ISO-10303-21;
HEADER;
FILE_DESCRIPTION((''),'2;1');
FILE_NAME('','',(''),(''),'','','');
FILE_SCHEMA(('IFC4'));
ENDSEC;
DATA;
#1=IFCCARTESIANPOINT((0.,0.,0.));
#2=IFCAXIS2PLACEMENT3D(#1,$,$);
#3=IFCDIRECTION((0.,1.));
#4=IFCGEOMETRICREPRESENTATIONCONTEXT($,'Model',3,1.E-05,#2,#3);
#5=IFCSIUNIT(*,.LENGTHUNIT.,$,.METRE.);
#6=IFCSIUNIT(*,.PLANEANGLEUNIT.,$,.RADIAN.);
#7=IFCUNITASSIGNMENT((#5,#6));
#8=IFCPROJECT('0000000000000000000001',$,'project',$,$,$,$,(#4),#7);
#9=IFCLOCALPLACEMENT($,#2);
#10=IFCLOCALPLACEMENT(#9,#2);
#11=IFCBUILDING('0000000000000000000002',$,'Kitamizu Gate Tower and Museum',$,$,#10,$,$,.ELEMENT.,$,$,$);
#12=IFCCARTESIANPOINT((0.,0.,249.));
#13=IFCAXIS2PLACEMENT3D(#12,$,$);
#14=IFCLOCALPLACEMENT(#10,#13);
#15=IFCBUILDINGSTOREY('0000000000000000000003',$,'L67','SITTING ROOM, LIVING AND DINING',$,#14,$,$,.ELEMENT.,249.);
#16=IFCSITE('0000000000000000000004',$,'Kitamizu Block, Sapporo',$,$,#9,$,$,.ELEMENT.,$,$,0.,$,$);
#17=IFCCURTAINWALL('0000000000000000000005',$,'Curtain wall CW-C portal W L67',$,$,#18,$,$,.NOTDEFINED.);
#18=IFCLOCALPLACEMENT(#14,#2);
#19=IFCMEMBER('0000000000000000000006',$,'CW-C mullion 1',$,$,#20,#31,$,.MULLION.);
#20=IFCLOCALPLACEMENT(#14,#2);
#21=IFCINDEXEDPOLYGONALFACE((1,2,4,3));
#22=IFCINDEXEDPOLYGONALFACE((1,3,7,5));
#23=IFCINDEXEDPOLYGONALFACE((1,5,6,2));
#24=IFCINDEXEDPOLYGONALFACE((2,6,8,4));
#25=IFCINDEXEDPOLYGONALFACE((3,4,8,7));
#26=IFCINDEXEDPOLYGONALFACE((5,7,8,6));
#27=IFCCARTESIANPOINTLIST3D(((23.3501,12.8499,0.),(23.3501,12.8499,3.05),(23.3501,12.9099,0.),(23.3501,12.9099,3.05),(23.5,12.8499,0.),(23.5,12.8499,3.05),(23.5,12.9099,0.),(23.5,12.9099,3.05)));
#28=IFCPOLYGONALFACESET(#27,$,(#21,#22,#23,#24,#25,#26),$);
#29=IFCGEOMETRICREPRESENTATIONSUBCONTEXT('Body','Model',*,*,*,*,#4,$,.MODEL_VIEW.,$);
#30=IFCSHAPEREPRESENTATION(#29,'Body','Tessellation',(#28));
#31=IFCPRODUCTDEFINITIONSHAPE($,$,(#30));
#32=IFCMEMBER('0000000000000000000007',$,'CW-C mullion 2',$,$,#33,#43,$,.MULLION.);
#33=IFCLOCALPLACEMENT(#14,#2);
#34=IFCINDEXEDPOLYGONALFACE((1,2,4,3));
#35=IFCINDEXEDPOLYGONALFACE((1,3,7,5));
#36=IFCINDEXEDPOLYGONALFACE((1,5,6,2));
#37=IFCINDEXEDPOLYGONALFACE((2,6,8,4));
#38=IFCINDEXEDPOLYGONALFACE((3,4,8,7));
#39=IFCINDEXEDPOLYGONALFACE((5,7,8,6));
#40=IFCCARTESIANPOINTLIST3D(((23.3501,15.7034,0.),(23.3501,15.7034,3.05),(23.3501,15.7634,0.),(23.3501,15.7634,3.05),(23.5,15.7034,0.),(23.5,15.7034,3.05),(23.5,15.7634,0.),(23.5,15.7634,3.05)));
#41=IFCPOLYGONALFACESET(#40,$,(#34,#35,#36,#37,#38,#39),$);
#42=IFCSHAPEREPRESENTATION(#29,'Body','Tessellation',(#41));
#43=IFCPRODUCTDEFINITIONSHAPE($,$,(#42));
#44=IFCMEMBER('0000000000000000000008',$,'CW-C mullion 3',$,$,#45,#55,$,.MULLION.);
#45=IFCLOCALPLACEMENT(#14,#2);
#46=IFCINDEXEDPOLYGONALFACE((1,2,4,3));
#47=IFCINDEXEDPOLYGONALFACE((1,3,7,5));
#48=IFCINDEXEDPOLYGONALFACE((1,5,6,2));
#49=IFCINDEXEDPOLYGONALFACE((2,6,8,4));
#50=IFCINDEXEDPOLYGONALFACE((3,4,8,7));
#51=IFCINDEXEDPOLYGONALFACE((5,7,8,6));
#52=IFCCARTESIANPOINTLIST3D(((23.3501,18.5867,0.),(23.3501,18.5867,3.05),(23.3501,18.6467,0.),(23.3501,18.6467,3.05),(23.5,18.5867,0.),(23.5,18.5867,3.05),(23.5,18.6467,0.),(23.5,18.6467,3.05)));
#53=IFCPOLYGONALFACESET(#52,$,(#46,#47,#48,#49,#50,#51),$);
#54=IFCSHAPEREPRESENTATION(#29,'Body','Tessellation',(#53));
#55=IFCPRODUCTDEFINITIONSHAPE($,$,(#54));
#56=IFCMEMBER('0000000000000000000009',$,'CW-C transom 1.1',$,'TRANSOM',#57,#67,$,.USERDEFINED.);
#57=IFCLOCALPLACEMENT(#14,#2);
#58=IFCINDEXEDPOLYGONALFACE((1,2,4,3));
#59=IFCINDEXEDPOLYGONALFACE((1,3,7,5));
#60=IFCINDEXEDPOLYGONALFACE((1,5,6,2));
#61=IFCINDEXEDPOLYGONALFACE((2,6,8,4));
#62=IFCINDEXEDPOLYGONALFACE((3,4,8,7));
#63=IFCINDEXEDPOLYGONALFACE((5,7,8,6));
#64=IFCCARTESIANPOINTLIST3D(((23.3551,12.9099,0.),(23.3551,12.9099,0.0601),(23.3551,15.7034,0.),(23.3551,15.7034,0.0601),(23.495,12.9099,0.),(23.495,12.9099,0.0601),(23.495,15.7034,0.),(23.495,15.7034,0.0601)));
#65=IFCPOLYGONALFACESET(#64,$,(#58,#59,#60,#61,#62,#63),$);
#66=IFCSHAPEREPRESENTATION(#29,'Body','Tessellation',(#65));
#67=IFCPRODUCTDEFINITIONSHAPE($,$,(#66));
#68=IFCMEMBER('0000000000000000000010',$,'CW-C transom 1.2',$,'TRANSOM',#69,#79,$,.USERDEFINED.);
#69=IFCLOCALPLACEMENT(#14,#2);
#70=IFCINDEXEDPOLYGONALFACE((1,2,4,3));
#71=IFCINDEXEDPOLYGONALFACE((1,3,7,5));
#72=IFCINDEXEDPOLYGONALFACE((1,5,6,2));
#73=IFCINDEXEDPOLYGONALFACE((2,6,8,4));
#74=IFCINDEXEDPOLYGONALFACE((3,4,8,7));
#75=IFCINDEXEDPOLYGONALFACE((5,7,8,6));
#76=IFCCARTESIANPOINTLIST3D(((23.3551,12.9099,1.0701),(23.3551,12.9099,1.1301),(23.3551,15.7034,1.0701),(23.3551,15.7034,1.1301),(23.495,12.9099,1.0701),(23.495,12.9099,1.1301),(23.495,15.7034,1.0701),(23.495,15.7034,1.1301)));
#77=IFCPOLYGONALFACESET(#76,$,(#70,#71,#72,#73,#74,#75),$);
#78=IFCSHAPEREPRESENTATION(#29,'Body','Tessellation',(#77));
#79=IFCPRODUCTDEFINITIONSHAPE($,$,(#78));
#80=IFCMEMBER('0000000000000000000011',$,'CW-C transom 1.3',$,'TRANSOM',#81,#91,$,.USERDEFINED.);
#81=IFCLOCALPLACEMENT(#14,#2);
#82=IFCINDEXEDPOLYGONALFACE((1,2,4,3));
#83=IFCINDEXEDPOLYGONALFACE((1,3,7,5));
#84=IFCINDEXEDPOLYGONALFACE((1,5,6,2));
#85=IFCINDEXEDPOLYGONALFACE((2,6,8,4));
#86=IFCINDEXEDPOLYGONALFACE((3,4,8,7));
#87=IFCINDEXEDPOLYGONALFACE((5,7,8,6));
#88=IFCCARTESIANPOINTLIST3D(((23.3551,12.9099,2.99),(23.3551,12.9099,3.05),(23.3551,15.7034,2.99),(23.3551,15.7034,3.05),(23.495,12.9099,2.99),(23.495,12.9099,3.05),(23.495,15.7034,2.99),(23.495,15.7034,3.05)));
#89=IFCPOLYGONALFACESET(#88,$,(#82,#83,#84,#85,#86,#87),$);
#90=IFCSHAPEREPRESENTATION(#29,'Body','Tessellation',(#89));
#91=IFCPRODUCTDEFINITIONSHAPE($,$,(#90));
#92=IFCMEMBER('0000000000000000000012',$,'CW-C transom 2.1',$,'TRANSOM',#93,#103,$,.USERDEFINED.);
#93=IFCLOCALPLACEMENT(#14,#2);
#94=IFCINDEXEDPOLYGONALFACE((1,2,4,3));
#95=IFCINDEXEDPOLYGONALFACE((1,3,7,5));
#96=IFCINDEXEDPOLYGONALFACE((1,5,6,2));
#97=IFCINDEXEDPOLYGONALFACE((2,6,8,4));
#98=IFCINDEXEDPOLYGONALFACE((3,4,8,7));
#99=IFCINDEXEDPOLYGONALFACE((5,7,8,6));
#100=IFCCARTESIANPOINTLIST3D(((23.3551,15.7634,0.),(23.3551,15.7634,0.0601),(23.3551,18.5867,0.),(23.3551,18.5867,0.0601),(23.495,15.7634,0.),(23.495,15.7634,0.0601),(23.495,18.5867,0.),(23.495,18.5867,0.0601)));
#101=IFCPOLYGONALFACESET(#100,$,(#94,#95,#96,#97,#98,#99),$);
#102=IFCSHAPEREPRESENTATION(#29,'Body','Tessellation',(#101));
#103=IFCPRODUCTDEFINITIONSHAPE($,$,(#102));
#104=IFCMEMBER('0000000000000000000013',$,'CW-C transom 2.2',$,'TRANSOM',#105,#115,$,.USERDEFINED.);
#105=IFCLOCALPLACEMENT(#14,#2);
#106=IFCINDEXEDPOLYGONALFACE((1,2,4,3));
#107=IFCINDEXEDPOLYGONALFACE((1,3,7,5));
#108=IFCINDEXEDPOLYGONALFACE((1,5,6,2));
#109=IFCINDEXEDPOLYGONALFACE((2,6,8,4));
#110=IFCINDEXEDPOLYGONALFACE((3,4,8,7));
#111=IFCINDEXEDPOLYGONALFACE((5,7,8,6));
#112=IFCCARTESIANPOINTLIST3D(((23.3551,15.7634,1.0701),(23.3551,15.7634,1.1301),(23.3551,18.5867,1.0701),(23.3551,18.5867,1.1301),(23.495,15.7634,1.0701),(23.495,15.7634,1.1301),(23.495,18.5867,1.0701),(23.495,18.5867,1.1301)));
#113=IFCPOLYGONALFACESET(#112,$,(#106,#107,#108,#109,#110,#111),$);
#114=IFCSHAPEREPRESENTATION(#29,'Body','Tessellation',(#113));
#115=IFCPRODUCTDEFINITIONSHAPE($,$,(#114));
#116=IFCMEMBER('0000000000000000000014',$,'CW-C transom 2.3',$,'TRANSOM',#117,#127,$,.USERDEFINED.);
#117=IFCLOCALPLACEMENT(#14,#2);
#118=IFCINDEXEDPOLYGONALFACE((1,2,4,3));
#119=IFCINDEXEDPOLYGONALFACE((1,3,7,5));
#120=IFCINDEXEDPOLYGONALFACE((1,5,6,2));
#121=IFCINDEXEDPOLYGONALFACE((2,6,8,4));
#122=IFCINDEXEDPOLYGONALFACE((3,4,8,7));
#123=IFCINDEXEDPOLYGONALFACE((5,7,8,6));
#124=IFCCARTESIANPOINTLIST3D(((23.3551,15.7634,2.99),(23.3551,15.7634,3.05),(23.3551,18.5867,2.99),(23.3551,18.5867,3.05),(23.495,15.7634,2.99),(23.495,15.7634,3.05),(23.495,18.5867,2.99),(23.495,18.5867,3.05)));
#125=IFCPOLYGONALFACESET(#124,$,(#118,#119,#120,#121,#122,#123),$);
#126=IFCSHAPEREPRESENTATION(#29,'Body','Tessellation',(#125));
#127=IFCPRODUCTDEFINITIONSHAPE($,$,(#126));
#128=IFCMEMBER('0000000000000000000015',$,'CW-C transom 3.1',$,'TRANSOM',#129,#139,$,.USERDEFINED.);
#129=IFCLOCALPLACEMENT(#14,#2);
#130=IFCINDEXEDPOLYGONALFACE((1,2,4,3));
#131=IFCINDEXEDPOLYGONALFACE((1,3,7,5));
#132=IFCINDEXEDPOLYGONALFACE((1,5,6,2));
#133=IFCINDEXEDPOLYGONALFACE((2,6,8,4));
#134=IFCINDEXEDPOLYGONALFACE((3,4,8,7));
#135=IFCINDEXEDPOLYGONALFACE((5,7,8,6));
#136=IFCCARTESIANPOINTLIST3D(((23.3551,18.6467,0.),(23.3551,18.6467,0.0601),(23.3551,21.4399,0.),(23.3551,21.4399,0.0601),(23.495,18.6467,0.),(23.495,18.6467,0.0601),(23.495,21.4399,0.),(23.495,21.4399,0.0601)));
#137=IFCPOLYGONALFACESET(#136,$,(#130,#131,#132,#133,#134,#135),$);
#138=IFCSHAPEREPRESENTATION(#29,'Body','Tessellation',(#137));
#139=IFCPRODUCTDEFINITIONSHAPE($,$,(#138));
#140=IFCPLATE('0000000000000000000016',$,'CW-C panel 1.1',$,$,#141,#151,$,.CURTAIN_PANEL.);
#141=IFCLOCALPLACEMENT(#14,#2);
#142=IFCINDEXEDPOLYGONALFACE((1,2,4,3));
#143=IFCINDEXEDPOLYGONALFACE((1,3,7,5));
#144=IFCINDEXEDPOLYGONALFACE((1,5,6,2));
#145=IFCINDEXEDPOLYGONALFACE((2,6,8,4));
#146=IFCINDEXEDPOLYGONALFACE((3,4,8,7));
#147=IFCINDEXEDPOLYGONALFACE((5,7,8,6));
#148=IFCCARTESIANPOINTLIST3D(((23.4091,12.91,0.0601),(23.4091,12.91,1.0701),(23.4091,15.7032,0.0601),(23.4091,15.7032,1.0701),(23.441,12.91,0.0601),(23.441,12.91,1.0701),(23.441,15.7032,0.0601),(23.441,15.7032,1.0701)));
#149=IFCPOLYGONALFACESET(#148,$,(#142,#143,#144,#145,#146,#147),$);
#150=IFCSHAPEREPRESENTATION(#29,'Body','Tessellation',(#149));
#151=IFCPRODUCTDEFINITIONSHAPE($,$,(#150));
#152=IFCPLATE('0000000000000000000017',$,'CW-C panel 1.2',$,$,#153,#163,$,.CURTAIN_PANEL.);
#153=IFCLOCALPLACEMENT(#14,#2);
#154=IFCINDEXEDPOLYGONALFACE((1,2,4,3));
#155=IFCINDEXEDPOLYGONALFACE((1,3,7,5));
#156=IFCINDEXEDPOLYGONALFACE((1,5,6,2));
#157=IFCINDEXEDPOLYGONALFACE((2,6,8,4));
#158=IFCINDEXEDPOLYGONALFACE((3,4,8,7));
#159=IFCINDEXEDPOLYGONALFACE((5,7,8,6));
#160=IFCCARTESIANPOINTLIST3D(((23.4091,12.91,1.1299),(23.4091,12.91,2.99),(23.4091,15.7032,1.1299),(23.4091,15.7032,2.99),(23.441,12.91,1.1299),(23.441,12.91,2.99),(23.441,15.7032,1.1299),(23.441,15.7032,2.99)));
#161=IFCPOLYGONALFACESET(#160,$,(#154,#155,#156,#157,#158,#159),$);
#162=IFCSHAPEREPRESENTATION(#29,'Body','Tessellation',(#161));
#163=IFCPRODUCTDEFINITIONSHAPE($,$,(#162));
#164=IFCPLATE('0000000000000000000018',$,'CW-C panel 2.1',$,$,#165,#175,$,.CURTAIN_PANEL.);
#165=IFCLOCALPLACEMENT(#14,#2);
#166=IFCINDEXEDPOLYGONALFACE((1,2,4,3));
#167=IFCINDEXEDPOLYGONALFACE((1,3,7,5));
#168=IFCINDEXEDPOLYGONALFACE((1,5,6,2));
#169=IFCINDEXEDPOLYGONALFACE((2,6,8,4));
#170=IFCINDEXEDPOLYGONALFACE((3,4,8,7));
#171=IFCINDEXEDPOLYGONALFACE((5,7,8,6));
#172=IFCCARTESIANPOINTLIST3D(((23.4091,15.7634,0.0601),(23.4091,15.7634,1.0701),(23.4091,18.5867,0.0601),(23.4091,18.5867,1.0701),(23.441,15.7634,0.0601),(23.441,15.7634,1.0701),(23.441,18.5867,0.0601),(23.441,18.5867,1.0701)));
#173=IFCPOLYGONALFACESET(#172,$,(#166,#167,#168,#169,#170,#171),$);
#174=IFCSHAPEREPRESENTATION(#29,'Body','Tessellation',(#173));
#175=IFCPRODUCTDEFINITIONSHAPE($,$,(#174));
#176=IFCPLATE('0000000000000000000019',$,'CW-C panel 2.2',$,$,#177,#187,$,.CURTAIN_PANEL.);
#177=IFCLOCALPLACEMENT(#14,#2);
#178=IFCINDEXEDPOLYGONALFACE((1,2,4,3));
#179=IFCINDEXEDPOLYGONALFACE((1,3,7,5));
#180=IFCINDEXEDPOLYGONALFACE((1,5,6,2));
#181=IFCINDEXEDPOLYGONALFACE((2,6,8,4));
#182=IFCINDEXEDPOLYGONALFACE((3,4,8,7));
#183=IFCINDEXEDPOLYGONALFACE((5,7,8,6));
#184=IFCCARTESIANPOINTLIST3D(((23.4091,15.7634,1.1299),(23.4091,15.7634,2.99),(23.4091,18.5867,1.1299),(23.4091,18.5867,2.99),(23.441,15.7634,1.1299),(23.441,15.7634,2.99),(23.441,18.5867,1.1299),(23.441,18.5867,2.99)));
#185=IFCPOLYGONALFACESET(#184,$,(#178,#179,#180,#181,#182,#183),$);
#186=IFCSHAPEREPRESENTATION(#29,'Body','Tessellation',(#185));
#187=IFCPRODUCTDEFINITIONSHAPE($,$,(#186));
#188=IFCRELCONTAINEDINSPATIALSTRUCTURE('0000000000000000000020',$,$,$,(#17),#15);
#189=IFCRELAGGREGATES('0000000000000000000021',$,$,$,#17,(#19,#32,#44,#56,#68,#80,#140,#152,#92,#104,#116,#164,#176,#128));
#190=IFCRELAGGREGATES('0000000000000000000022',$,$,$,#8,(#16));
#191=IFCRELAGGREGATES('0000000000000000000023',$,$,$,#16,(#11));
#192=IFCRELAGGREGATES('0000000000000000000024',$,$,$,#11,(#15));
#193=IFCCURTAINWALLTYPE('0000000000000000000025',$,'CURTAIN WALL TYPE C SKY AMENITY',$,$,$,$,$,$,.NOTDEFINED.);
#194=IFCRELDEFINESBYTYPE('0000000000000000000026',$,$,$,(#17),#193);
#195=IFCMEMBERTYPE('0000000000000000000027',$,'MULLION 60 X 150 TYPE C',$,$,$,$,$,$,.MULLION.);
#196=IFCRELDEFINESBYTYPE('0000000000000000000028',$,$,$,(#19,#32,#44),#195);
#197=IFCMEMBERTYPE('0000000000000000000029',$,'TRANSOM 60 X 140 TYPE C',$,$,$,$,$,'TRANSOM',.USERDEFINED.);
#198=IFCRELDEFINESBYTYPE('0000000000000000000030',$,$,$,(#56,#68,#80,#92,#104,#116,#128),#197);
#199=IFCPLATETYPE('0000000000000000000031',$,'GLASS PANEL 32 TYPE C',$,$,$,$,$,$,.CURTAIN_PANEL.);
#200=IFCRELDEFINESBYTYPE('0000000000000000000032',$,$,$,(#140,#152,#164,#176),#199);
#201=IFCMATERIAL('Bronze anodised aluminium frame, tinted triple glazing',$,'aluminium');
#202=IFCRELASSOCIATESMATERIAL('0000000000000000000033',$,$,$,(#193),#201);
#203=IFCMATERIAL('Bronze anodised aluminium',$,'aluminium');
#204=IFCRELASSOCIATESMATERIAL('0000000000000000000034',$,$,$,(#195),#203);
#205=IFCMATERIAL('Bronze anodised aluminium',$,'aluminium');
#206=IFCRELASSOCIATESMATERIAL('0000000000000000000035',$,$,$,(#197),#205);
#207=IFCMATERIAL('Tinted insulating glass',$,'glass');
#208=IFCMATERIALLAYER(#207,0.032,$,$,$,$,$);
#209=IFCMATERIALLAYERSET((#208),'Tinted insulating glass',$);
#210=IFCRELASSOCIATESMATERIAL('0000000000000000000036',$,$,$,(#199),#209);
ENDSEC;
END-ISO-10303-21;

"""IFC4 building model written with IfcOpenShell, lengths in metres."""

from ifc_helpers import new_model, si_unit, direction, frame, origin, origin_2d, place, context, subcontext, project, spatial, rectangle, extrude, material, layer, layer_set, material_profile, profile_set, type_object, element, aggregate, save


model = new_model("IFC4")

# Units and contexts
model_context = context("Model", 3, precision=1e-05, world=origin(), true_north=direction((0.0, 1.0)))
body_context = subcontext(model_context, "Body", "Model", "MODEL_VIEW")
ifc_project = project(units=[si_unit("LENGTHUNIT", "METRE"), si_unit("PLANEANGLEUNIT", "RADIAN")], contexts=[model_context])

# Site, building, storey
site_placement = place(None, origin())
site = spatial("IfcSite", under=ifc_project, at=site_placement, Name="Kitamizu Block, Sapporo", CompositionType="ELEMENT", RefElevation=0.0)
building_placement = place(site_placement, origin())
building = spatial("IfcBuilding", under=site, at=building_placement, Name="Kitamizu Gate Tower and Museum", CompositionType="ELEMENT")
storey_placement = place(building_placement, frame((0.0, 0.0, 249.0)))
storey = spatial("IfcBuildingStorey", under=building, at=storey_placement, Name="L67", Description="SITTING ROOM, LIVING AND DINING", CompositionType="ELEMENT", Elevation=249.0)

# Curtain wall, members, plates
ifc_material_1 = material(Name="Bronze anodised aluminium frame, tinted triple glazing", Category="aluminium")
curtain_wall_type = type_object("IfcCurtainWallType", Name="CURTAIN WALL TYPE C SKY AMENITY", PredefinedType="NOTDEFINED", material=ifc_material_1)
curtain_wall_placement = place(storey_placement, origin())
curtain_wall = element("IfcCurtainWall", 1, at=curtain_wall_placement, inside=storey, type_object=curtain_wall_type, Name="Curtain wall CW-C portal W L67", PredefinedType="NOTDEFINED")
ifc_material_2 = material(Name="Bronze anodised aluminium", Category="aluminium")
ifc_material_profile_1 = material_profile(ifc_material_2, rectangle(XDim=0.0601, YDim=0.1499, at=origin_2d()), Name="AL 60X150")
ifc_profile_set_1 = profile_set([ifc_material_profile_1], Name="Bronze anodised aluminium")
member_type_1 = type_object("IfcMemberType", Name="MULLION 60 X 150 TYPE C", PredefinedType="MULLION", material=ifc_profile_set_1)
member_1_placement = place(storey_placement, frame((23.425, 12.8799, 0.0), z_axis=(0.0, 0.0, 1.0), x_axis=(0.0, 1.0, 0.0)))
member_1 = element("IfcMember", 2, at=member_1_placement, type_object=member_type_1, Name="CW-C mullion 1", PredefinedType="MULLION", context=body_context, shape_type="SweptSolid", body=[
    extrude(rectangle(XDim=0.0601, YDim=0.1499, at=origin_2d()), origin(), (0.0, 0.0, 1.0), 3.05),
])
member_2_placement = place(storey_placement, frame((23.425, 15.7334, 0.0), z_axis=(0.0, 0.0, 1.0), x_axis=(0.0, 1.0, 0.0)))
member_2 = element("IfcMember", 3, at=member_2_placement, type_object=member_type_1, Name="CW-C mullion 2", PredefinedType="MULLION", context=body_context, shape_type="SweptSolid", body=[
    extrude(rectangle(XDim=0.0601, YDim=0.1499, at=origin_2d()), origin(), (0.0, 0.0, 1.0), 3.05),
])
member_3_placement = place(storey_placement, frame((23.425, 18.6167, 0.0), z_axis=(0.0, 0.0, 1.0), x_axis=(0.0, 1.0, 0.0)))
member_3 = element("IfcMember", 4, at=member_3_placement, type_object=member_type_1, Name="CW-C mullion 3", PredefinedType="MULLION", context=body_context, shape_type="SweptSolid", body=[
    extrude(rectangle(XDim=0.0601, YDim=0.1499, at=origin_2d()), origin(), (0.0, 0.0, 1.0), 3.05),
])
ifc_material_3 = material(Name="Bronze anodised aluminium", Category="aluminium")
ifc_material_profile_2 = material_profile(ifc_material_3, rectangle(XDim=0.1399, YDim=0.0601, at=origin_2d()), Name="AL 60X140")
ifc_profile_set_2 = profile_set([ifc_material_profile_2], Name="Bronze anodised aluminium")
member_type_2 = type_object("IfcMemberType", Name="TRANSOM 60 X 140 TYPE C", ElementType="TRANSOM", PredefinedType="USERDEFINED", material=ifc_profile_set_2)
member_4_placement = place(storey_placement, frame((23.425, 12.9099, 0.03), z_axis=(0.0, 1.0, 0.0), x_axis=(-1.0, 0.0, 0.0)))
member_4 = element("IfcMember", 5, at=member_4_placement, type_object=member_type_2, Name="CW-C transom 1.1", ObjectType="TRANSOM", PredefinedType="USERDEFINED", context=body_context, shape_type="SweptSolid", body=[
    extrude(rectangle(XDim=0.1399, YDim=0.0601, at=origin_2d()), origin(), (0.0, 0.0, 1.0), 2.7935),
])
member_5_placement = place(storey_placement, frame((23.425, 12.9099, 1.1001), z_axis=(0.0, 1.0, 0.0), x_axis=(-1.0, 0.0, 0.0)))
member_5 = element("IfcMember", 6, at=member_5_placement, type_object=member_type_2, Name="CW-C transom 1.2", ObjectType="TRANSOM", PredefinedType="USERDEFINED", context=body_context, shape_type="SweptSolid", body=[
    extrude(rectangle(XDim=0.1399, YDim=0.0601, at=origin_2d()), origin(), (0.0, 0.0, 1.0), 2.7935),
])
member_6_placement = place(storey_placement, frame((23.425, 12.9099, 3.02), z_axis=(0.0, 1.0, 0.0), x_axis=(-1.0, 0.0, 0.0)))
member_6 = element("IfcMember", 7, at=member_6_placement, type_object=member_type_2, Name="CW-C transom 1.3", ObjectType="TRANSOM", PredefinedType="USERDEFINED", context=body_context, shape_type="SweptSolid", body=[
    extrude(rectangle(XDim=0.1399, YDim=0.0601, at=origin_2d()), origin(), (0.0, 0.0, 1.0), 2.7935),
])
member_7_placement = place(storey_placement, frame((23.425, 15.7634, 0.03), z_axis=(0.0, 1.0, 0.0), x_axis=(-1.0, 0.0, 0.0)))
member_7 = element("IfcMember", 8, at=member_7_placement, type_object=member_type_2, Name="CW-C transom 2.1", ObjectType="TRANSOM", PredefinedType="USERDEFINED", context=body_context, shape_type="SweptSolid", body=[
    extrude(rectangle(XDim=0.1399, YDim=0.0601, at=origin_2d()), origin(), (0.0, 0.0, 1.0), 2.8232),
])
member_8_placement = place(storey_placement, frame((23.425, 15.7634, 1.1001), z_axis=(0.0, 1.0, 0.0), x_axis=(-1.0, 0.0, 0.0)))
member_8 = element("IfcMember", 9, at=member_8_placement, type_object=member_type_2, Name="CW-C transom 2.2", ObjectType="TRANSOM", PredefinedType="USERDEFINED", context=body_context, shape_type="SweptSolid", body=[
    extrude(rectangle(XDim=0.1399, YDim=0.0601, at=origin_2d()), origin(), (0.0, 0.0, 1.0), 2.8232),
])
member_9_placement = place(storey_placement, frame((23.425, 15.7634, 3.02), z_axis=(0.0, 1.0, 0.0), x_axis=(-1.0, 0.0, 0.0)))
member_9 = element("IfcMember", 10, at=member_9_placement, type_object=member_type_2, Name="CW-C transom 2.3", ObjectType="TRANSOM", PredefinedType="USERDEFINED", context=body_context, shape_type="SweptSolid", body=[
    extrude(rectangle(XDim=0.1399, YDim=0.0601, at=origin_2d()), origin(), (0.0, 0.0, 1.0), 2.8232),
])
member_10_placement = place(storey_placement, frame((23.425, 18.6467, 0.03), z_axis=(0.0, 1.0, 0.0), x_axis=(-1.0, 0.0, 0.0)))
member_10 = element("IfcMember", 11, at=member_10_placement, type_object=member_type_2, Name="CW-C transom 3.1", ObjectType="TRANSOM", PredefinedType="USERDEFINED", context=body_context, shape_type="SweptSolid", body=[
    extrude(rectangle(XDim=0.1399, YDim=0.0601, at=origin_2d()), origin(), (0.0, 0.0, 1.0), 2.7932),
])
ifc_material_4 = material(Name="Tinted insulating glass", Category="glass")
ifc_layer_1 = layer(ifc_material_4, 0.032)
ifc_layer_set_1 = layer_set([ifc_layer_1], Name="Tinted insulating glass")
plate_type = type_object("IfcPlateType", Name="GLASS PANEL 32 TYPE C", PredefinedType="CURTAIN_PANEL", material=ifc_layer_set_1)
plate_1_placement = place(storey_placement, frame((23.425, 14.3066, 0.0601), z_axis=(0.0, 0.0, 1.0), x_axis=(0.0, 1.0, 0.0)))
plate_1 = element("IfcPlate", 12, at=plate_1_placement, type_object=plate_type, Name="CW-C panel 1.1", PredefinedType="CURTAIN_PANEL", context=body_context, shape_type="SweptSolid", body=[
    extrude(rectangle(XDim=2.7932, YDim=0.032, at=origin_2d()), origin(), (0.0, 0.0, 1.0), 1.01),
])
plate_2_placement = place(storey_placement, frame((23.425, 14.3066, 1.1299), z_axis=(0.0, 0.0, 1.0), x_axis=(0.0, 1.0, 0.0)))
plate_2 = element("IfcPlate", 13, at=plate_2_placement, type_object=plate_type, Name="CW-C panel 1.2", PredefinedType="CURTAIN_PANEL", context=body_context, shape_type="SweptSolid", body=[
    extrude(rectangle(XDim=2.7932, YDim=0.032, at=origin_2d()), origin(), (0.0, 0.0, 1.0), 1.8601),
])
plate_3_placement = place(storey_placement, frame((23.425, 17.175, 0.0601), z_axis=(0.0, 0.0, 1.0), x_axis=(0.0, 1.0, 0.0)))
plate_3 = element("IfcPlate", 14, at=plate_3_placement, type_object=plate_type, Name="CW-C panel 2.1", PredefinedType="CURTAIN_PANEL", context=body_context, shape_type="SweptSolid", body=[
    extrude(rectangle(XDim=2.8232, YDim=0.032, at=origin_2d()), origin(), (0.0, 0.0, 1.0), 1.01),
])
plate_4_placement = place(storey_placement, frame((23.425, 17.175, 1.1299), z_axis=(0.0, 0.0, 1.0), x_axis=(0.0, 1.0, 0.0)))
plate_4 = element("IfcPlate", 15, at=plate_4_placement, type_object=plate_type, Name="CW-C panel 2.2", PredefinedType="CURTAIN_PANEL", context=body_context, shape_type="SweptSolid", body=[
    extrude(rectangle(XDim=2.8232, YDim=0.032, at=origin_2d()), origin(), (0.0, 0.0, 1.0), 1.8601),
])
aggregate(curtain_wall, [member_1, member_2, member_3, member_4, member_5, member_6, plate_1, plate_2, member_7, member_8, member_9, plate_3, plate_4, member_10])

save(model, "model.ifc")
